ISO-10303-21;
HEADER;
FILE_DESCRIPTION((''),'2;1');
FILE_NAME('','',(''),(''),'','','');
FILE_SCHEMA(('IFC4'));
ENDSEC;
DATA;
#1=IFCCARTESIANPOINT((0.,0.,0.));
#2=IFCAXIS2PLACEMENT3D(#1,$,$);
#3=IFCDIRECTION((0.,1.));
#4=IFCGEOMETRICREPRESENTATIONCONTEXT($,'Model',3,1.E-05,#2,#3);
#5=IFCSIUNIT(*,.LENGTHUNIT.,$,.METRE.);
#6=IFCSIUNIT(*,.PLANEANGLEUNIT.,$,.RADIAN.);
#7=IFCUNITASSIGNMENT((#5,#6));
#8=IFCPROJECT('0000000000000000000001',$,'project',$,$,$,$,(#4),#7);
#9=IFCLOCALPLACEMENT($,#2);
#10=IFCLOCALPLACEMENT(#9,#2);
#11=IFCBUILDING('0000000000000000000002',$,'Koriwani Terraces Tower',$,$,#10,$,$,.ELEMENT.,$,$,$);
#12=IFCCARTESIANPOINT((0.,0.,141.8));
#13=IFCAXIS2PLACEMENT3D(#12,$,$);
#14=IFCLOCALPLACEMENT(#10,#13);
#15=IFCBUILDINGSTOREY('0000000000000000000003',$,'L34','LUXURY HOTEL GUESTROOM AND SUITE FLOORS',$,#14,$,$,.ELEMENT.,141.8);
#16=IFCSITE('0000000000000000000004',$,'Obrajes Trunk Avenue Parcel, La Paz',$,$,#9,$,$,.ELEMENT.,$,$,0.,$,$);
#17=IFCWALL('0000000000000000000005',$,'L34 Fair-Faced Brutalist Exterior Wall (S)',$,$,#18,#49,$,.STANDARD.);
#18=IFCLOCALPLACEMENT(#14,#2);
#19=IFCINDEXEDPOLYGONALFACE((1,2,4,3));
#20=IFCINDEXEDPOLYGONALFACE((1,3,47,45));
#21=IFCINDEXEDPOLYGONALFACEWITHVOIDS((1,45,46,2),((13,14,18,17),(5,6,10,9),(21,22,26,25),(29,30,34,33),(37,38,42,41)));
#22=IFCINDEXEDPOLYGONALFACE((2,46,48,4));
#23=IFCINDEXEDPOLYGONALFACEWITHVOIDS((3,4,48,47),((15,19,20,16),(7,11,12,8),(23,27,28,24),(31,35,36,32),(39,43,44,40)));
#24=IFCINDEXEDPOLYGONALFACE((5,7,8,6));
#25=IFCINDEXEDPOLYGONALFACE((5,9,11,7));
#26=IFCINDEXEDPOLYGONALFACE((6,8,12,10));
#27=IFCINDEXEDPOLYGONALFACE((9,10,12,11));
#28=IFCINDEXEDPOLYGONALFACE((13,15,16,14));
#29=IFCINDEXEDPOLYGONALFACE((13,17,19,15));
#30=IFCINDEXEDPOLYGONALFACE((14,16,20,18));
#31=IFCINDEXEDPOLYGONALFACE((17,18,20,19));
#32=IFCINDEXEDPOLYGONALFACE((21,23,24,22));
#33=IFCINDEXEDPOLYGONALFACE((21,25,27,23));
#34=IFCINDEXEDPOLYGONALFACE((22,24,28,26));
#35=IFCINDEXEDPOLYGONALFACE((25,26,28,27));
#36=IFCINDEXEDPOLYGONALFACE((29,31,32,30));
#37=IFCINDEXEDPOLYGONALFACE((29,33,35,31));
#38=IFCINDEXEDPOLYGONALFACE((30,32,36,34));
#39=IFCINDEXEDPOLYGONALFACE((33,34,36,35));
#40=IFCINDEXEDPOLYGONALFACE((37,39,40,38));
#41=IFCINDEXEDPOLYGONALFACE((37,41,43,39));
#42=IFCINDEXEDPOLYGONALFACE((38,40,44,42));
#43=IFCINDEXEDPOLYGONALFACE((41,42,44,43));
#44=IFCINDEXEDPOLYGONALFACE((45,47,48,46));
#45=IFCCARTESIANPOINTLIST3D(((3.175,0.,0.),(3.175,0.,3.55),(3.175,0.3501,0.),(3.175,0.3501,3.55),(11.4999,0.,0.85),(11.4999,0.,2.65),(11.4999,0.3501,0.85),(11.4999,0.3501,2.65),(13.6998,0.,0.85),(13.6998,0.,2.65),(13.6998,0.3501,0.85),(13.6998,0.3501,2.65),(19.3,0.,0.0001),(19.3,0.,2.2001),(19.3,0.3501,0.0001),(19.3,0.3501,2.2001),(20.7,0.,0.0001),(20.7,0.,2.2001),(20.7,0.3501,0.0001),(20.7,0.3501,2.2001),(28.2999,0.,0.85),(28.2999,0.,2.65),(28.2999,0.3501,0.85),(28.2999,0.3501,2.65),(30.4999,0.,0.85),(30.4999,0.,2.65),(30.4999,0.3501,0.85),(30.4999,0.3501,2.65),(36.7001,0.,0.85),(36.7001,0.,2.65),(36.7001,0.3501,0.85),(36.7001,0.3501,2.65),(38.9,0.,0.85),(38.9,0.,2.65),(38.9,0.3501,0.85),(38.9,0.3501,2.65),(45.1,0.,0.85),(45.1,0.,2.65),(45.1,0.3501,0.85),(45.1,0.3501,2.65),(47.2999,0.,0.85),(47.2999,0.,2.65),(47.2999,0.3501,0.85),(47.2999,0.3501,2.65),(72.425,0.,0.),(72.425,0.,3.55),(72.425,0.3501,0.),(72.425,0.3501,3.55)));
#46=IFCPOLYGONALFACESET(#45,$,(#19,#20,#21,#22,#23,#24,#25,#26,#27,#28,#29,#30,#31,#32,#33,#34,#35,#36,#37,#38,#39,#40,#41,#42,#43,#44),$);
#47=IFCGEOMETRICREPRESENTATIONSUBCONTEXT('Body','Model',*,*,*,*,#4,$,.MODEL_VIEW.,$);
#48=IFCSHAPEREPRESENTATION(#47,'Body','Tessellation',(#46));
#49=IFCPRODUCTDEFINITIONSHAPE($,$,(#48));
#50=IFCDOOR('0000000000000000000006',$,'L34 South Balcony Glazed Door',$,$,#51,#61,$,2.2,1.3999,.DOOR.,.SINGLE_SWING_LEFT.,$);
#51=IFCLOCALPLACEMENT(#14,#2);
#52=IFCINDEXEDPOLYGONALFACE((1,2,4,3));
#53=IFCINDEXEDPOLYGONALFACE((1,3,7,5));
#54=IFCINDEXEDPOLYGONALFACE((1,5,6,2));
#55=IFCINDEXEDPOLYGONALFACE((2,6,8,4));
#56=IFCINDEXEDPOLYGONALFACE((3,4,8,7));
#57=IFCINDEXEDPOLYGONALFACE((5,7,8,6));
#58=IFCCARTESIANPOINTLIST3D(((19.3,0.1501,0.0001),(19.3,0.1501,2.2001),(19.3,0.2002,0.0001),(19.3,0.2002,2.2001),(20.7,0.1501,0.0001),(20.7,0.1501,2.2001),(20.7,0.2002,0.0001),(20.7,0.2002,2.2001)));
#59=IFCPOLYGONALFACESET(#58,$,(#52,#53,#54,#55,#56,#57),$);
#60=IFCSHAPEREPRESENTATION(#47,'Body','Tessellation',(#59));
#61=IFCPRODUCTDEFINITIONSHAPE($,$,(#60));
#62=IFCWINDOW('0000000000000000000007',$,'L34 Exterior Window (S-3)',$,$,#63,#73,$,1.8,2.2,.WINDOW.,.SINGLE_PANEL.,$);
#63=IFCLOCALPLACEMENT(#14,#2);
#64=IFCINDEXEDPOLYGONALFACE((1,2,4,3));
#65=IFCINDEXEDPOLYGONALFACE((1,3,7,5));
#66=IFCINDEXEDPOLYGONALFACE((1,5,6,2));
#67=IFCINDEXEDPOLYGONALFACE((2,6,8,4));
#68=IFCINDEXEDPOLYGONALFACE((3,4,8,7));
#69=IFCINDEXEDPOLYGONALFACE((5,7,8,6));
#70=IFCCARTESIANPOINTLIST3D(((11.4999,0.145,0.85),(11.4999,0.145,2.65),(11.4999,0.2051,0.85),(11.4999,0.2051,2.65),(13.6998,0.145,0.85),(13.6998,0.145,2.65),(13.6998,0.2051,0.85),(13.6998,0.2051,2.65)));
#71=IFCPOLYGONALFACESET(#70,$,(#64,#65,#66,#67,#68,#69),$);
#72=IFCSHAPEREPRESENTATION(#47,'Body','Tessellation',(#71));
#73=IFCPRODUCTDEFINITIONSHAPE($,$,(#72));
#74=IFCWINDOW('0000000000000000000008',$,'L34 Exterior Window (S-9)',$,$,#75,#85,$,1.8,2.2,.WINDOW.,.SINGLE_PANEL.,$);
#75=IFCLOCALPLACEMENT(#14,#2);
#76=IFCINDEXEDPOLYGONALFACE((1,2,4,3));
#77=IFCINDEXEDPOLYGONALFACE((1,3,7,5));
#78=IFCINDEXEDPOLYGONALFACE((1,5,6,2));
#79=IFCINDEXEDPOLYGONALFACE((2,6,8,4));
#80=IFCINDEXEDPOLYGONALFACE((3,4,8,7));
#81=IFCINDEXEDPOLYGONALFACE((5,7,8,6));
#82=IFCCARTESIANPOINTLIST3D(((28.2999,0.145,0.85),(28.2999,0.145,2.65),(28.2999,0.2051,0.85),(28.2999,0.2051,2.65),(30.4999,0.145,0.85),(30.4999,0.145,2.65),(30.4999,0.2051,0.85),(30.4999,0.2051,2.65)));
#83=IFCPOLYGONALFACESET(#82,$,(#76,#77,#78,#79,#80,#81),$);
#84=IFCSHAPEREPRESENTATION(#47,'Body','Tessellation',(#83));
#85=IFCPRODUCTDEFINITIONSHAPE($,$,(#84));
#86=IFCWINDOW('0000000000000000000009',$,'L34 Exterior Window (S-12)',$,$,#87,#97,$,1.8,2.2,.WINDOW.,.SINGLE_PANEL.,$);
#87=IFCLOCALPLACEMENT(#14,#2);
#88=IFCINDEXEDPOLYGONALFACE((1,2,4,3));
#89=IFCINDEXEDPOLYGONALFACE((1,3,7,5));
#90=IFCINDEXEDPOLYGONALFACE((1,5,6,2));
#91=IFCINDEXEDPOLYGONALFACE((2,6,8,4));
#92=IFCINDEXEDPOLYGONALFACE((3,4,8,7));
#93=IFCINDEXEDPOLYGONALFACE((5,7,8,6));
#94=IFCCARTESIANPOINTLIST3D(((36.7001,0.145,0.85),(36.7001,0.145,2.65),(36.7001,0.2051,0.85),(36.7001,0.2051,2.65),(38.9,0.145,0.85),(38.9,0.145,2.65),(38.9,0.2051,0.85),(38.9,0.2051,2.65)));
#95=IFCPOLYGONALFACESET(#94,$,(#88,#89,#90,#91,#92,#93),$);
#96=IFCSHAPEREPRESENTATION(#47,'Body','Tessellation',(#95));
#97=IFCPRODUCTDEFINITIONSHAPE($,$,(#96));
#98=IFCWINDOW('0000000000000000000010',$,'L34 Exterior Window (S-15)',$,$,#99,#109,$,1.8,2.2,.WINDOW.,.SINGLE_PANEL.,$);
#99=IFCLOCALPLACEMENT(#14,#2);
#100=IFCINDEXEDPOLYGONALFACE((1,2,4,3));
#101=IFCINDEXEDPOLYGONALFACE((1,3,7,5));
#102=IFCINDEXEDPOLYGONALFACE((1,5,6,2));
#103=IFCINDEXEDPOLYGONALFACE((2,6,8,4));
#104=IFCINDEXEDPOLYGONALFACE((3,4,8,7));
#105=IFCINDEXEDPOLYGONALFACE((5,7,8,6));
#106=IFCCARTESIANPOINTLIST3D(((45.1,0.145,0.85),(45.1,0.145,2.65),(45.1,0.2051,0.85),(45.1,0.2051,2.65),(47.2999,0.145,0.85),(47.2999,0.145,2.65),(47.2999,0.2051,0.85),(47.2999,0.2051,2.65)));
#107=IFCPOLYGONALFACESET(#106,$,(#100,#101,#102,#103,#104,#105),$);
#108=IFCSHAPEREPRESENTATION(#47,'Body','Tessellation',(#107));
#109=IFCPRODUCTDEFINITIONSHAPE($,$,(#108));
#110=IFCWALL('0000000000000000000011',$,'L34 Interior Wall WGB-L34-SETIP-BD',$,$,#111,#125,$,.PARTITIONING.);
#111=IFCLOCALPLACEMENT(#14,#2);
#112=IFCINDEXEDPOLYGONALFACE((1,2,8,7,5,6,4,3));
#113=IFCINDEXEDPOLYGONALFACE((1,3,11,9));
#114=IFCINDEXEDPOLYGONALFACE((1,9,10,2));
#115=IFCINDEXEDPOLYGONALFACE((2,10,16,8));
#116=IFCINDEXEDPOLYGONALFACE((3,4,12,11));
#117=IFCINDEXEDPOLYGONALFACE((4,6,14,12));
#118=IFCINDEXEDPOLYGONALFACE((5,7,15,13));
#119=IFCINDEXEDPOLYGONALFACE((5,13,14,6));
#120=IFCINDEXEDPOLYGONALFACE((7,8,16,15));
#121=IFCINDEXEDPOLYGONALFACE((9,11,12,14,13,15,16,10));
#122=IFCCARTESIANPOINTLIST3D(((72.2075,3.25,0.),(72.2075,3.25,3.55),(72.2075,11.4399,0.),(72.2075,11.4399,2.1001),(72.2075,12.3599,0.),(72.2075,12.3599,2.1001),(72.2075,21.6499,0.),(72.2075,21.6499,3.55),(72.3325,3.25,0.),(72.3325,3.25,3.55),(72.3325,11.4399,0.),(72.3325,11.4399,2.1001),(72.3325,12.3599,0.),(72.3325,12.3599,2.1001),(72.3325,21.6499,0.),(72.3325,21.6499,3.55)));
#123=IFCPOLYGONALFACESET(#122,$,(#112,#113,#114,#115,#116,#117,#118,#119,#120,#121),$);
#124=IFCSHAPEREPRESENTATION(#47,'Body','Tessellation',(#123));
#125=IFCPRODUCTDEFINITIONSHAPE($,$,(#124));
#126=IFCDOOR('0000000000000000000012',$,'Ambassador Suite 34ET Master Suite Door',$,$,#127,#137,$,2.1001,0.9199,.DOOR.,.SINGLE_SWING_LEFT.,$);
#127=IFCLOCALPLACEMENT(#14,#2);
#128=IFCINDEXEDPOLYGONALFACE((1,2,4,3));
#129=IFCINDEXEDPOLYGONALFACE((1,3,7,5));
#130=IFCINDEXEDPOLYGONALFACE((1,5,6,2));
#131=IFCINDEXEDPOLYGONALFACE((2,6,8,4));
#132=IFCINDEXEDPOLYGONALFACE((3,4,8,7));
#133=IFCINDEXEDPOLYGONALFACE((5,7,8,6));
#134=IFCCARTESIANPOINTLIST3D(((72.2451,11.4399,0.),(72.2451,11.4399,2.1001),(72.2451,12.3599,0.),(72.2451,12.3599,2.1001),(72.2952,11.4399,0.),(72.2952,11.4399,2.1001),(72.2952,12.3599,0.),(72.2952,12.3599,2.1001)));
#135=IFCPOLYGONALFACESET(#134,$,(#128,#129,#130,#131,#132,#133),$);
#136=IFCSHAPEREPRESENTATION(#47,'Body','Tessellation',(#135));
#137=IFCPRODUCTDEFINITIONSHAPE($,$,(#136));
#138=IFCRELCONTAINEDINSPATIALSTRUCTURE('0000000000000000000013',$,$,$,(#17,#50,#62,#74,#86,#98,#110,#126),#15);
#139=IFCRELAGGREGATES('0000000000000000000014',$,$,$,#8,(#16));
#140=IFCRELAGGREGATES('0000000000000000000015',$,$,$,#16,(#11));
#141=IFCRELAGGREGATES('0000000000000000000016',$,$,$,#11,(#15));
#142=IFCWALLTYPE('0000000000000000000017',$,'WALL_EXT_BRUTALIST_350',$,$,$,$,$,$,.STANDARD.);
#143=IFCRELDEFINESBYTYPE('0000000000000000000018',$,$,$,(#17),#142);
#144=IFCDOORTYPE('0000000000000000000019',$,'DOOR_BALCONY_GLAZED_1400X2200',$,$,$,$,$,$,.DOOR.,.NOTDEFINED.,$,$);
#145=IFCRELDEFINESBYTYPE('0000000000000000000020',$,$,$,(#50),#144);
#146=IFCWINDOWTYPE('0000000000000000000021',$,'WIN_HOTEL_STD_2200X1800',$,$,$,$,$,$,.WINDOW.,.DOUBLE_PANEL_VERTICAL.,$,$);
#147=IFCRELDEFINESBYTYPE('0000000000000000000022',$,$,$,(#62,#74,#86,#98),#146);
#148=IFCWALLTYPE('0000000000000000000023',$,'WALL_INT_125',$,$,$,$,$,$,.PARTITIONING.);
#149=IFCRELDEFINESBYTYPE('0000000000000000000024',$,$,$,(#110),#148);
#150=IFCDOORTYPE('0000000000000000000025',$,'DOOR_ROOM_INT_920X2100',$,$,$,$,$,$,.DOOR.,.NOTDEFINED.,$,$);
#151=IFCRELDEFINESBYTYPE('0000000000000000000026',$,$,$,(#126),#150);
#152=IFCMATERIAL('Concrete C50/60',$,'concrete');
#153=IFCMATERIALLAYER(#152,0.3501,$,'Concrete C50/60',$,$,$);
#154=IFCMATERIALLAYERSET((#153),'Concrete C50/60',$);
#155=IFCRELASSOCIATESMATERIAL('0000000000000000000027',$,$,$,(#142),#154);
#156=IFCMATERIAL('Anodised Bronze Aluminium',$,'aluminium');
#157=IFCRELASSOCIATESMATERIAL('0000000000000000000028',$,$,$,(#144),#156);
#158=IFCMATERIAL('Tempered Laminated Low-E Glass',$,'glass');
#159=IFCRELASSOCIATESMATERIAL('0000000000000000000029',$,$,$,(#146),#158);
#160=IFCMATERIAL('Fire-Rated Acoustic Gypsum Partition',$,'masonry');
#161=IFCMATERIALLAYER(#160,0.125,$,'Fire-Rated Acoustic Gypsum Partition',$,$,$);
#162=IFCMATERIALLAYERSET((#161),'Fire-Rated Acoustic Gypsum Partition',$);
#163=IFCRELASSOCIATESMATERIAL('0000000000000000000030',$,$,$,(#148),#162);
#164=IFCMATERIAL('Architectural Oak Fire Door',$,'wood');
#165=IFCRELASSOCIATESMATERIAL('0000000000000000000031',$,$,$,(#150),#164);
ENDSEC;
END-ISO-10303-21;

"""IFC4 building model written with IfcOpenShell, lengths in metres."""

from ifc_helpers import new_model, si_unit, direction, frame, frame_2d, origin, place, context, subcontext, project, spatial, rectangle, extrude, material, layer, layer_set, type_object, element, fill, save


model = new_model("IFC4")

# Units and contexts
model_context = context("Model", 3, precision=1e-05, world=origin(), true_north=direction((0.0, 1.0)))
body_context = subcontext(model_context, "Body", "Model", "MODEL_VIEW")
ifc_project = project(units=[si_unit("LENGTHUNIT", "METRE"), si_unit("PLANEANGLEUNIT", "RADIAN")], contexts=[model_context])

# Site, building, storey
site_placement = place(None, origin())
site = spatial("IfcSite", under=ifc_project, at=site_placement, Name="Obrajes Trunk Avenue Parcel, La Paz", CompositionType="ELEMENT", RefElevation=0.0)
building_placement = place(site_placement, origin())
building = spatial("IfcBuilding", under=site, at=building_placement, Name="Koriwani Terraces Tower", CompositionType="ELEMENT")
storey_placement = place(building_placement, frame((0.0, 0.0, 141.8)))
storey = spatial("IfcBuildingStorey", under=building, at=storey_placement, Name="L34", Description="LUXURY HOTEL GUESTROOM AND SUITE FLOORS", CompositionType="ELEMENT", Elevation=141.8)

# Shared definitions
ifc_material_1 = material(Name="Concrete C50/60", Category="concrete")

# Shared definitions
ifc_material_2 = material(Name="Architectural Oak Fire Door", Category="wood")

# Shared definitions
ifc_layer_1 = layer(ifc_material_1, 0.3501, Name="Concrete C50/60")
ifc_layer_set_1 = layer_set([ifc_layer_1], Name="Concrete C50/60")
wall_type_1 = type_object("IfcWallType", Name="WALL_EXT_BRUTALIST_350", PredefinedType="STANDARD", material=ifc_layer_set_1)

# Wall, openings, door, windows
wall_1_placement = place(storey_placement, frame((72.425, 0.175, 0.0), z_axis=(0.0, 0.0, 1.0), x_axis=(-1.0, 0.0, 0.0)))
wall_1 = element("IfcWall", 1, at=wall_1_placement, inside=storey, type_object=wall_type_1, Name="L34 Fair-Faced Brutalist Exterior Wall (S)", PredefinedType="STANDARD", context=body_context, shape_type="SweptSolid", body=[
    extrude(rectangle(XDim=69.25, YDim=0.3501, at=frame_2d((34.625, 0.0))), origin(), (0.0, 0.0, 1.0), 3.55),
])
opening_1_placement = place(wall_1_placement, frame((51.7251, 0.0, 0.0)))
opening_1 = element("IfcOpeningElement", 2, at=opening_1_placement, cuts=wall_1, PredefinedType="OPENING", context=body_context, shape_type="SweptSolid", body=[
    extrude(rectangle(XDim=1.3999, YDim=2.2, at=frame_2d((0.7, 1.1001))), frame((0.0, 0.1851, 0.0), z_axis=(0.0, -1.0, 0.0), x_axis=(1.0, 0.0, 0.0)), (0.0, 0.0, 1.0), 0.3701),
])
opening_2_placement = place(wall_1_placement, frame((58.7251, 0.0, 0.8501)))
opening_2 = element("IfcOpeningElement", 3, at=opening_2_placement, cuts=wall_1, PredefinedType="OPENING", context=body_context, shape_type="SweptSolid", body=[
    extrude(rectangle(XDim=2.2, YDim=1.8, at=frame_2d((1.1001, 0.8999))), frame((0.0, 0.1851, 0.0), z_axis=(0.0, -1.0, 0.0), x_axis=(1.0, 0.0, 0.0)), (0.0, 0.0, 1.0), 0.3701),
])
opening_3_placement = place(wall_1_placement, frame((41.925, 0.0, 0.8501)))
opening_3 = element("IfcOpeningElement", 4, at=opening_3_placement, cuts=wall_1, PredefinedType="OPENING", context=body_context, shape_type="SweptSolid", body=[
    extrude(rectangle(XDim=2.2, YDim=1.8, at=frame_2d((1.1001, 0.8999))), frame((0.0, 0.1851, 0.0), z_axis=(0.0, -1.0, 0.0), x_axis=(1.0, 0.0, 0.0)), (0.0, 0.0, 1.0), 0.3701),
])
opening_4_placement = place(wall_1_placement, frame((33.5249, 0.0, 0.8501)))
opening_4 = element("IfcOpeningElement", 5, at=opening_4_placement, cuts=wall_1, PredefinedType="OPENING", context=body_context, shape_type="SweptSolid", body=[
    extrude(rectangle(XDim=2.2, YDim=1.8, at=frame_2d((1.1001, 0.8999))), frame((0.0, 0.1851, 0.0), z_axis=(0.0, -1.0, 0.0), x_axis=(1.0, 0.0, 0.0)), (0.0, 0.0, 1.0), 0.3701),
])
opening_5_placement = place(wall_1_placement, frame((25.125, 0.0, 0.8501)))
opening_5 = element("IfcOpeningElement", 6, at=opening_5_placement, cuts=wall_1, PredefinedType="OPENING", context=body_context, shape_type="SweptSolid", body=[
    extrude(rectangle(XDim=2.2, YDim=1.8, at=frame_2d((1.1001, 0.8999))), frame((0.0, 0.1851, 0.0), z_axis=(0.0, -1.0, 0.0), x_axis=(1.0, 0.0, 0.0)), (0.0, 0.0, 1.0), 0.3701),
])
ifc_material_3 = material(Name="Anodised Bronze Aluminium", Category="aluminium")
door_type_1 = type_object("IfcDoorType", Name="DOOR_BALCONY_GLAZED_1400X2200", OperationType="NOTDEFINED", PredefinedType="DOOR", material=ifc_material_3)
door_1_placement = place(opening_1_placement, origin())
door_1 = element("IfcDoor", 7, at=door_1_placement, inside=storey, type_object=door_type_1, Name="L34 South Balcony Glazed Door", OperationType="SINGLE_SWING_LEFT", OverallHeight=2.2, OverallWidth=1.3999, PredefinedType="DOOR", context=body_context, shape_type="SweptSolid", body=[
    extrude(rectangle(XDim=1.3999, YDim=2.2, at=frame_2d((0.7, 1.1001))), frame((0.0, 0.0249, 0.0), z_axis=(0.0, -1.0, 0.0), x_axis=(1.0, 0.0, 0.0)), (0.0, 0.0, 1.0), 0.05),
])
fill(opening_1, door_1)
ifc_material_4 = material(Name="Tempered Laminated Low-E Glass", Category="glass")
window_type = type_object("IfcWindowType", Name="WIN_HOTEL_STD_2200X1800", PartitioningType="DOUBLE_PANEL_VERTICAL", PredefinedType="WINDOW", material=ifc_material_4)
window_1_placement = place(opening_2_placement, origin())
window_1 = element("IfcWindow", 8, at=window_1_placement, inside=storey, type_object=window_type, Name="L34 Exterior Window (S-3)", OverallHeight=1.8, OverallWidth=2.2, PartitioningType="SINGLE_PANEL", PredefinedType="WINDOW", context=body_context, shape_type="SweptSolid", body=[
    extrude(rectangle(XDim=2.2, YDim=1.8, at=frame_2d((1.1001, 0.8999))), frame((0.0, 0.03, 0.0), z_axis=(0.0, -1.0, 0.0), x_axis=(1.0, 0.0, 0.0)), (0.0, 0.0, 1.0), 0.0601),
])
fill(opening_2, window_1)
window_2_placement = place(opening_3_placement, origin())
window_2 = element("IfcWindow", 9, at=window_2_placement, inside=storey, type_object=window_type, Name="L34 Exterior Window (S-9)", OverallHeight=1.8, OverallWidth=2.2, PartitioningType="SINGLE_PANEL", PredefinedType="WINDOW", context=body_context, shape_type="SweptSolid", body=[
    extrude(rectangle(XDim=2.2, YDim=1.8, at=frame_2d((1.1001, 0.8999))), frame((0.0, 0.03, 0.0), z_axis=(0.0, -1.0, 0.0), x_axis=(1.0, 0.0, 0.0)), (0.0, 0.0, 1.0), 0.0601),
])
fill(opening_3, window_2)
window_3_placement = place(opening_4_placement, origin())
window_3 = element("IfcWindow", 10, at=window_3_placement, inside=storey, type_object=window_type, Name="L34 Exterior Window (S-12)", OverallHeight=1.8, OverallWidth=2.2, PartitioningType="SINGLE_PANEL", PredefinedType="WINDOW", context=body_context, shape_type="SweptSolid", body=[
    extrude(rectangle(XDim=2.2, YDim=1.8, at=frame_2d((1.1001, 0.8999))), frame((0.0, 0.03, 0.0), z_axis=(0.0, -1.0, 0.0), x_axis=(1.0, 0.0, 0.0)), (0.0, 0.0, 1.0), 0.0601),
])
fill(opening_4, window_3)
window_4_placement = place(opening_5_placement, origin())
window_4 = element("IfcWindow", 11, at=window_4_placement, inside=storey, type_object=window_type, Name="L34 Exterior Window (S-15)", OverallHeight=1.8, OverallWidth=2.2, PartitioningType="SINGLE_PANEL", PredefinedType="WINDOW", context=body_context, shape_type="SweptSolid", body=[
    extrude(rectangle(XDim=2.2, YDim=1.8, at=frame_2d((1.1001, 0.8999))), frame((0.0, 0.03, 0.0), z_axis=(0.0, -1.0, 0.0), x_axis=(1.0, 0.0, 0.0)), (0.0, 0.0, 1.0), 0.0601),
])
fill(opening_5, window_4)

# Wall, opening, door
ifc_material_5 = material(Name="Fire-Rated Acoustic Gypsum Partition", Category="masonry")
ifc_layer_2 = layer(ifc_material_5, 0.125, Name="Fire-Rated Acoustic Gypsum Partition")
ifc_layer_set_2 = layer_set([ifc_layer_2], Name="Fire-Rated Acoustic Gypsum Partition")
wall_type_2 = type_object("IfcWallType", Name="WALL_INT_125", PredefinedType="PARTITIONING", material=ifc_layer_set_2)
wall_2_placement = place(storey_placement, frame((72.27, 3.25, 0.0), z_axis=(0.0, 0.0, 1.0), x_axis=(0.0, 1.0, 0.0)))
wall_2 = element("IfcWall", 12, at=wall_2_placement, inside=storey, type_object=wall_type_2, Name="L34 Interior Wall WGB-L34-SETIP-BD", PredefinedType="PARTITIONING", context=body_context, shape_type="SweptSolid", body=[
    extrude(rectangle(XDim=18.3999, YDim=0.125, at=frame_2d((9.2, 0.0))), origin(), (0.0, 0.0, 1.0), 3.55),
])
opening_6_placement = place(wall_2_placement, frame((8.1899, 0.0, 0.0)))
opening_6 = element("IfcOpeningElement", 13, at=opening_6_placement, cuts=wall_2, PredefinedType="OPENING", context=body_context, shape_type="SweptSolid", body=[
    extrude(rectangle(XDim=0.9199, YDim=2.1001, at=frame_2d((0.46, 1.05))), frame((0.0, 0.0725, 0.0), z_axis=(0.0, -1.0, 0.0), x_axis=(1.0, 0.0, 0.0)), (0.0, 0.0, 1.0), 0.145),
])
door_type_2 = type_object("IfcDoorType", Name="DOOR_ROOM_INT_920X2100", OperationType="NOTDEFINED", PredefinedType="DOOR", material=ifc_material_2)
door_2_placement = place(opening_6_placement, origin())
door_2 = element("IfcDoor", 14, at=door_2_placement, inside=storey, type_object=door_type_2, Name="Ambassador Suite 34ET Master Suite Door", OperationType="SINGLE_SWING_LEFT", OverallHeight=2.1001, OverallWidth=0.9199, PredefinedType="DOOR", context=body_context, shape_type="SweptSolid", body=[
    extrude(rectangle(XDim=0.9199, YDim=2.1001, at=frame_2d((0.46, 1.05))), frame((0.0, 0.0249, 0.0), z_axis=(0.0, -1.0, 0.0), x_axis=(1.0, 0.0, 0.0)), (0.0, 0.0, 1.0), 0.05),
])
fill(opening_6, door_2)

save(model, "model.ifc")
